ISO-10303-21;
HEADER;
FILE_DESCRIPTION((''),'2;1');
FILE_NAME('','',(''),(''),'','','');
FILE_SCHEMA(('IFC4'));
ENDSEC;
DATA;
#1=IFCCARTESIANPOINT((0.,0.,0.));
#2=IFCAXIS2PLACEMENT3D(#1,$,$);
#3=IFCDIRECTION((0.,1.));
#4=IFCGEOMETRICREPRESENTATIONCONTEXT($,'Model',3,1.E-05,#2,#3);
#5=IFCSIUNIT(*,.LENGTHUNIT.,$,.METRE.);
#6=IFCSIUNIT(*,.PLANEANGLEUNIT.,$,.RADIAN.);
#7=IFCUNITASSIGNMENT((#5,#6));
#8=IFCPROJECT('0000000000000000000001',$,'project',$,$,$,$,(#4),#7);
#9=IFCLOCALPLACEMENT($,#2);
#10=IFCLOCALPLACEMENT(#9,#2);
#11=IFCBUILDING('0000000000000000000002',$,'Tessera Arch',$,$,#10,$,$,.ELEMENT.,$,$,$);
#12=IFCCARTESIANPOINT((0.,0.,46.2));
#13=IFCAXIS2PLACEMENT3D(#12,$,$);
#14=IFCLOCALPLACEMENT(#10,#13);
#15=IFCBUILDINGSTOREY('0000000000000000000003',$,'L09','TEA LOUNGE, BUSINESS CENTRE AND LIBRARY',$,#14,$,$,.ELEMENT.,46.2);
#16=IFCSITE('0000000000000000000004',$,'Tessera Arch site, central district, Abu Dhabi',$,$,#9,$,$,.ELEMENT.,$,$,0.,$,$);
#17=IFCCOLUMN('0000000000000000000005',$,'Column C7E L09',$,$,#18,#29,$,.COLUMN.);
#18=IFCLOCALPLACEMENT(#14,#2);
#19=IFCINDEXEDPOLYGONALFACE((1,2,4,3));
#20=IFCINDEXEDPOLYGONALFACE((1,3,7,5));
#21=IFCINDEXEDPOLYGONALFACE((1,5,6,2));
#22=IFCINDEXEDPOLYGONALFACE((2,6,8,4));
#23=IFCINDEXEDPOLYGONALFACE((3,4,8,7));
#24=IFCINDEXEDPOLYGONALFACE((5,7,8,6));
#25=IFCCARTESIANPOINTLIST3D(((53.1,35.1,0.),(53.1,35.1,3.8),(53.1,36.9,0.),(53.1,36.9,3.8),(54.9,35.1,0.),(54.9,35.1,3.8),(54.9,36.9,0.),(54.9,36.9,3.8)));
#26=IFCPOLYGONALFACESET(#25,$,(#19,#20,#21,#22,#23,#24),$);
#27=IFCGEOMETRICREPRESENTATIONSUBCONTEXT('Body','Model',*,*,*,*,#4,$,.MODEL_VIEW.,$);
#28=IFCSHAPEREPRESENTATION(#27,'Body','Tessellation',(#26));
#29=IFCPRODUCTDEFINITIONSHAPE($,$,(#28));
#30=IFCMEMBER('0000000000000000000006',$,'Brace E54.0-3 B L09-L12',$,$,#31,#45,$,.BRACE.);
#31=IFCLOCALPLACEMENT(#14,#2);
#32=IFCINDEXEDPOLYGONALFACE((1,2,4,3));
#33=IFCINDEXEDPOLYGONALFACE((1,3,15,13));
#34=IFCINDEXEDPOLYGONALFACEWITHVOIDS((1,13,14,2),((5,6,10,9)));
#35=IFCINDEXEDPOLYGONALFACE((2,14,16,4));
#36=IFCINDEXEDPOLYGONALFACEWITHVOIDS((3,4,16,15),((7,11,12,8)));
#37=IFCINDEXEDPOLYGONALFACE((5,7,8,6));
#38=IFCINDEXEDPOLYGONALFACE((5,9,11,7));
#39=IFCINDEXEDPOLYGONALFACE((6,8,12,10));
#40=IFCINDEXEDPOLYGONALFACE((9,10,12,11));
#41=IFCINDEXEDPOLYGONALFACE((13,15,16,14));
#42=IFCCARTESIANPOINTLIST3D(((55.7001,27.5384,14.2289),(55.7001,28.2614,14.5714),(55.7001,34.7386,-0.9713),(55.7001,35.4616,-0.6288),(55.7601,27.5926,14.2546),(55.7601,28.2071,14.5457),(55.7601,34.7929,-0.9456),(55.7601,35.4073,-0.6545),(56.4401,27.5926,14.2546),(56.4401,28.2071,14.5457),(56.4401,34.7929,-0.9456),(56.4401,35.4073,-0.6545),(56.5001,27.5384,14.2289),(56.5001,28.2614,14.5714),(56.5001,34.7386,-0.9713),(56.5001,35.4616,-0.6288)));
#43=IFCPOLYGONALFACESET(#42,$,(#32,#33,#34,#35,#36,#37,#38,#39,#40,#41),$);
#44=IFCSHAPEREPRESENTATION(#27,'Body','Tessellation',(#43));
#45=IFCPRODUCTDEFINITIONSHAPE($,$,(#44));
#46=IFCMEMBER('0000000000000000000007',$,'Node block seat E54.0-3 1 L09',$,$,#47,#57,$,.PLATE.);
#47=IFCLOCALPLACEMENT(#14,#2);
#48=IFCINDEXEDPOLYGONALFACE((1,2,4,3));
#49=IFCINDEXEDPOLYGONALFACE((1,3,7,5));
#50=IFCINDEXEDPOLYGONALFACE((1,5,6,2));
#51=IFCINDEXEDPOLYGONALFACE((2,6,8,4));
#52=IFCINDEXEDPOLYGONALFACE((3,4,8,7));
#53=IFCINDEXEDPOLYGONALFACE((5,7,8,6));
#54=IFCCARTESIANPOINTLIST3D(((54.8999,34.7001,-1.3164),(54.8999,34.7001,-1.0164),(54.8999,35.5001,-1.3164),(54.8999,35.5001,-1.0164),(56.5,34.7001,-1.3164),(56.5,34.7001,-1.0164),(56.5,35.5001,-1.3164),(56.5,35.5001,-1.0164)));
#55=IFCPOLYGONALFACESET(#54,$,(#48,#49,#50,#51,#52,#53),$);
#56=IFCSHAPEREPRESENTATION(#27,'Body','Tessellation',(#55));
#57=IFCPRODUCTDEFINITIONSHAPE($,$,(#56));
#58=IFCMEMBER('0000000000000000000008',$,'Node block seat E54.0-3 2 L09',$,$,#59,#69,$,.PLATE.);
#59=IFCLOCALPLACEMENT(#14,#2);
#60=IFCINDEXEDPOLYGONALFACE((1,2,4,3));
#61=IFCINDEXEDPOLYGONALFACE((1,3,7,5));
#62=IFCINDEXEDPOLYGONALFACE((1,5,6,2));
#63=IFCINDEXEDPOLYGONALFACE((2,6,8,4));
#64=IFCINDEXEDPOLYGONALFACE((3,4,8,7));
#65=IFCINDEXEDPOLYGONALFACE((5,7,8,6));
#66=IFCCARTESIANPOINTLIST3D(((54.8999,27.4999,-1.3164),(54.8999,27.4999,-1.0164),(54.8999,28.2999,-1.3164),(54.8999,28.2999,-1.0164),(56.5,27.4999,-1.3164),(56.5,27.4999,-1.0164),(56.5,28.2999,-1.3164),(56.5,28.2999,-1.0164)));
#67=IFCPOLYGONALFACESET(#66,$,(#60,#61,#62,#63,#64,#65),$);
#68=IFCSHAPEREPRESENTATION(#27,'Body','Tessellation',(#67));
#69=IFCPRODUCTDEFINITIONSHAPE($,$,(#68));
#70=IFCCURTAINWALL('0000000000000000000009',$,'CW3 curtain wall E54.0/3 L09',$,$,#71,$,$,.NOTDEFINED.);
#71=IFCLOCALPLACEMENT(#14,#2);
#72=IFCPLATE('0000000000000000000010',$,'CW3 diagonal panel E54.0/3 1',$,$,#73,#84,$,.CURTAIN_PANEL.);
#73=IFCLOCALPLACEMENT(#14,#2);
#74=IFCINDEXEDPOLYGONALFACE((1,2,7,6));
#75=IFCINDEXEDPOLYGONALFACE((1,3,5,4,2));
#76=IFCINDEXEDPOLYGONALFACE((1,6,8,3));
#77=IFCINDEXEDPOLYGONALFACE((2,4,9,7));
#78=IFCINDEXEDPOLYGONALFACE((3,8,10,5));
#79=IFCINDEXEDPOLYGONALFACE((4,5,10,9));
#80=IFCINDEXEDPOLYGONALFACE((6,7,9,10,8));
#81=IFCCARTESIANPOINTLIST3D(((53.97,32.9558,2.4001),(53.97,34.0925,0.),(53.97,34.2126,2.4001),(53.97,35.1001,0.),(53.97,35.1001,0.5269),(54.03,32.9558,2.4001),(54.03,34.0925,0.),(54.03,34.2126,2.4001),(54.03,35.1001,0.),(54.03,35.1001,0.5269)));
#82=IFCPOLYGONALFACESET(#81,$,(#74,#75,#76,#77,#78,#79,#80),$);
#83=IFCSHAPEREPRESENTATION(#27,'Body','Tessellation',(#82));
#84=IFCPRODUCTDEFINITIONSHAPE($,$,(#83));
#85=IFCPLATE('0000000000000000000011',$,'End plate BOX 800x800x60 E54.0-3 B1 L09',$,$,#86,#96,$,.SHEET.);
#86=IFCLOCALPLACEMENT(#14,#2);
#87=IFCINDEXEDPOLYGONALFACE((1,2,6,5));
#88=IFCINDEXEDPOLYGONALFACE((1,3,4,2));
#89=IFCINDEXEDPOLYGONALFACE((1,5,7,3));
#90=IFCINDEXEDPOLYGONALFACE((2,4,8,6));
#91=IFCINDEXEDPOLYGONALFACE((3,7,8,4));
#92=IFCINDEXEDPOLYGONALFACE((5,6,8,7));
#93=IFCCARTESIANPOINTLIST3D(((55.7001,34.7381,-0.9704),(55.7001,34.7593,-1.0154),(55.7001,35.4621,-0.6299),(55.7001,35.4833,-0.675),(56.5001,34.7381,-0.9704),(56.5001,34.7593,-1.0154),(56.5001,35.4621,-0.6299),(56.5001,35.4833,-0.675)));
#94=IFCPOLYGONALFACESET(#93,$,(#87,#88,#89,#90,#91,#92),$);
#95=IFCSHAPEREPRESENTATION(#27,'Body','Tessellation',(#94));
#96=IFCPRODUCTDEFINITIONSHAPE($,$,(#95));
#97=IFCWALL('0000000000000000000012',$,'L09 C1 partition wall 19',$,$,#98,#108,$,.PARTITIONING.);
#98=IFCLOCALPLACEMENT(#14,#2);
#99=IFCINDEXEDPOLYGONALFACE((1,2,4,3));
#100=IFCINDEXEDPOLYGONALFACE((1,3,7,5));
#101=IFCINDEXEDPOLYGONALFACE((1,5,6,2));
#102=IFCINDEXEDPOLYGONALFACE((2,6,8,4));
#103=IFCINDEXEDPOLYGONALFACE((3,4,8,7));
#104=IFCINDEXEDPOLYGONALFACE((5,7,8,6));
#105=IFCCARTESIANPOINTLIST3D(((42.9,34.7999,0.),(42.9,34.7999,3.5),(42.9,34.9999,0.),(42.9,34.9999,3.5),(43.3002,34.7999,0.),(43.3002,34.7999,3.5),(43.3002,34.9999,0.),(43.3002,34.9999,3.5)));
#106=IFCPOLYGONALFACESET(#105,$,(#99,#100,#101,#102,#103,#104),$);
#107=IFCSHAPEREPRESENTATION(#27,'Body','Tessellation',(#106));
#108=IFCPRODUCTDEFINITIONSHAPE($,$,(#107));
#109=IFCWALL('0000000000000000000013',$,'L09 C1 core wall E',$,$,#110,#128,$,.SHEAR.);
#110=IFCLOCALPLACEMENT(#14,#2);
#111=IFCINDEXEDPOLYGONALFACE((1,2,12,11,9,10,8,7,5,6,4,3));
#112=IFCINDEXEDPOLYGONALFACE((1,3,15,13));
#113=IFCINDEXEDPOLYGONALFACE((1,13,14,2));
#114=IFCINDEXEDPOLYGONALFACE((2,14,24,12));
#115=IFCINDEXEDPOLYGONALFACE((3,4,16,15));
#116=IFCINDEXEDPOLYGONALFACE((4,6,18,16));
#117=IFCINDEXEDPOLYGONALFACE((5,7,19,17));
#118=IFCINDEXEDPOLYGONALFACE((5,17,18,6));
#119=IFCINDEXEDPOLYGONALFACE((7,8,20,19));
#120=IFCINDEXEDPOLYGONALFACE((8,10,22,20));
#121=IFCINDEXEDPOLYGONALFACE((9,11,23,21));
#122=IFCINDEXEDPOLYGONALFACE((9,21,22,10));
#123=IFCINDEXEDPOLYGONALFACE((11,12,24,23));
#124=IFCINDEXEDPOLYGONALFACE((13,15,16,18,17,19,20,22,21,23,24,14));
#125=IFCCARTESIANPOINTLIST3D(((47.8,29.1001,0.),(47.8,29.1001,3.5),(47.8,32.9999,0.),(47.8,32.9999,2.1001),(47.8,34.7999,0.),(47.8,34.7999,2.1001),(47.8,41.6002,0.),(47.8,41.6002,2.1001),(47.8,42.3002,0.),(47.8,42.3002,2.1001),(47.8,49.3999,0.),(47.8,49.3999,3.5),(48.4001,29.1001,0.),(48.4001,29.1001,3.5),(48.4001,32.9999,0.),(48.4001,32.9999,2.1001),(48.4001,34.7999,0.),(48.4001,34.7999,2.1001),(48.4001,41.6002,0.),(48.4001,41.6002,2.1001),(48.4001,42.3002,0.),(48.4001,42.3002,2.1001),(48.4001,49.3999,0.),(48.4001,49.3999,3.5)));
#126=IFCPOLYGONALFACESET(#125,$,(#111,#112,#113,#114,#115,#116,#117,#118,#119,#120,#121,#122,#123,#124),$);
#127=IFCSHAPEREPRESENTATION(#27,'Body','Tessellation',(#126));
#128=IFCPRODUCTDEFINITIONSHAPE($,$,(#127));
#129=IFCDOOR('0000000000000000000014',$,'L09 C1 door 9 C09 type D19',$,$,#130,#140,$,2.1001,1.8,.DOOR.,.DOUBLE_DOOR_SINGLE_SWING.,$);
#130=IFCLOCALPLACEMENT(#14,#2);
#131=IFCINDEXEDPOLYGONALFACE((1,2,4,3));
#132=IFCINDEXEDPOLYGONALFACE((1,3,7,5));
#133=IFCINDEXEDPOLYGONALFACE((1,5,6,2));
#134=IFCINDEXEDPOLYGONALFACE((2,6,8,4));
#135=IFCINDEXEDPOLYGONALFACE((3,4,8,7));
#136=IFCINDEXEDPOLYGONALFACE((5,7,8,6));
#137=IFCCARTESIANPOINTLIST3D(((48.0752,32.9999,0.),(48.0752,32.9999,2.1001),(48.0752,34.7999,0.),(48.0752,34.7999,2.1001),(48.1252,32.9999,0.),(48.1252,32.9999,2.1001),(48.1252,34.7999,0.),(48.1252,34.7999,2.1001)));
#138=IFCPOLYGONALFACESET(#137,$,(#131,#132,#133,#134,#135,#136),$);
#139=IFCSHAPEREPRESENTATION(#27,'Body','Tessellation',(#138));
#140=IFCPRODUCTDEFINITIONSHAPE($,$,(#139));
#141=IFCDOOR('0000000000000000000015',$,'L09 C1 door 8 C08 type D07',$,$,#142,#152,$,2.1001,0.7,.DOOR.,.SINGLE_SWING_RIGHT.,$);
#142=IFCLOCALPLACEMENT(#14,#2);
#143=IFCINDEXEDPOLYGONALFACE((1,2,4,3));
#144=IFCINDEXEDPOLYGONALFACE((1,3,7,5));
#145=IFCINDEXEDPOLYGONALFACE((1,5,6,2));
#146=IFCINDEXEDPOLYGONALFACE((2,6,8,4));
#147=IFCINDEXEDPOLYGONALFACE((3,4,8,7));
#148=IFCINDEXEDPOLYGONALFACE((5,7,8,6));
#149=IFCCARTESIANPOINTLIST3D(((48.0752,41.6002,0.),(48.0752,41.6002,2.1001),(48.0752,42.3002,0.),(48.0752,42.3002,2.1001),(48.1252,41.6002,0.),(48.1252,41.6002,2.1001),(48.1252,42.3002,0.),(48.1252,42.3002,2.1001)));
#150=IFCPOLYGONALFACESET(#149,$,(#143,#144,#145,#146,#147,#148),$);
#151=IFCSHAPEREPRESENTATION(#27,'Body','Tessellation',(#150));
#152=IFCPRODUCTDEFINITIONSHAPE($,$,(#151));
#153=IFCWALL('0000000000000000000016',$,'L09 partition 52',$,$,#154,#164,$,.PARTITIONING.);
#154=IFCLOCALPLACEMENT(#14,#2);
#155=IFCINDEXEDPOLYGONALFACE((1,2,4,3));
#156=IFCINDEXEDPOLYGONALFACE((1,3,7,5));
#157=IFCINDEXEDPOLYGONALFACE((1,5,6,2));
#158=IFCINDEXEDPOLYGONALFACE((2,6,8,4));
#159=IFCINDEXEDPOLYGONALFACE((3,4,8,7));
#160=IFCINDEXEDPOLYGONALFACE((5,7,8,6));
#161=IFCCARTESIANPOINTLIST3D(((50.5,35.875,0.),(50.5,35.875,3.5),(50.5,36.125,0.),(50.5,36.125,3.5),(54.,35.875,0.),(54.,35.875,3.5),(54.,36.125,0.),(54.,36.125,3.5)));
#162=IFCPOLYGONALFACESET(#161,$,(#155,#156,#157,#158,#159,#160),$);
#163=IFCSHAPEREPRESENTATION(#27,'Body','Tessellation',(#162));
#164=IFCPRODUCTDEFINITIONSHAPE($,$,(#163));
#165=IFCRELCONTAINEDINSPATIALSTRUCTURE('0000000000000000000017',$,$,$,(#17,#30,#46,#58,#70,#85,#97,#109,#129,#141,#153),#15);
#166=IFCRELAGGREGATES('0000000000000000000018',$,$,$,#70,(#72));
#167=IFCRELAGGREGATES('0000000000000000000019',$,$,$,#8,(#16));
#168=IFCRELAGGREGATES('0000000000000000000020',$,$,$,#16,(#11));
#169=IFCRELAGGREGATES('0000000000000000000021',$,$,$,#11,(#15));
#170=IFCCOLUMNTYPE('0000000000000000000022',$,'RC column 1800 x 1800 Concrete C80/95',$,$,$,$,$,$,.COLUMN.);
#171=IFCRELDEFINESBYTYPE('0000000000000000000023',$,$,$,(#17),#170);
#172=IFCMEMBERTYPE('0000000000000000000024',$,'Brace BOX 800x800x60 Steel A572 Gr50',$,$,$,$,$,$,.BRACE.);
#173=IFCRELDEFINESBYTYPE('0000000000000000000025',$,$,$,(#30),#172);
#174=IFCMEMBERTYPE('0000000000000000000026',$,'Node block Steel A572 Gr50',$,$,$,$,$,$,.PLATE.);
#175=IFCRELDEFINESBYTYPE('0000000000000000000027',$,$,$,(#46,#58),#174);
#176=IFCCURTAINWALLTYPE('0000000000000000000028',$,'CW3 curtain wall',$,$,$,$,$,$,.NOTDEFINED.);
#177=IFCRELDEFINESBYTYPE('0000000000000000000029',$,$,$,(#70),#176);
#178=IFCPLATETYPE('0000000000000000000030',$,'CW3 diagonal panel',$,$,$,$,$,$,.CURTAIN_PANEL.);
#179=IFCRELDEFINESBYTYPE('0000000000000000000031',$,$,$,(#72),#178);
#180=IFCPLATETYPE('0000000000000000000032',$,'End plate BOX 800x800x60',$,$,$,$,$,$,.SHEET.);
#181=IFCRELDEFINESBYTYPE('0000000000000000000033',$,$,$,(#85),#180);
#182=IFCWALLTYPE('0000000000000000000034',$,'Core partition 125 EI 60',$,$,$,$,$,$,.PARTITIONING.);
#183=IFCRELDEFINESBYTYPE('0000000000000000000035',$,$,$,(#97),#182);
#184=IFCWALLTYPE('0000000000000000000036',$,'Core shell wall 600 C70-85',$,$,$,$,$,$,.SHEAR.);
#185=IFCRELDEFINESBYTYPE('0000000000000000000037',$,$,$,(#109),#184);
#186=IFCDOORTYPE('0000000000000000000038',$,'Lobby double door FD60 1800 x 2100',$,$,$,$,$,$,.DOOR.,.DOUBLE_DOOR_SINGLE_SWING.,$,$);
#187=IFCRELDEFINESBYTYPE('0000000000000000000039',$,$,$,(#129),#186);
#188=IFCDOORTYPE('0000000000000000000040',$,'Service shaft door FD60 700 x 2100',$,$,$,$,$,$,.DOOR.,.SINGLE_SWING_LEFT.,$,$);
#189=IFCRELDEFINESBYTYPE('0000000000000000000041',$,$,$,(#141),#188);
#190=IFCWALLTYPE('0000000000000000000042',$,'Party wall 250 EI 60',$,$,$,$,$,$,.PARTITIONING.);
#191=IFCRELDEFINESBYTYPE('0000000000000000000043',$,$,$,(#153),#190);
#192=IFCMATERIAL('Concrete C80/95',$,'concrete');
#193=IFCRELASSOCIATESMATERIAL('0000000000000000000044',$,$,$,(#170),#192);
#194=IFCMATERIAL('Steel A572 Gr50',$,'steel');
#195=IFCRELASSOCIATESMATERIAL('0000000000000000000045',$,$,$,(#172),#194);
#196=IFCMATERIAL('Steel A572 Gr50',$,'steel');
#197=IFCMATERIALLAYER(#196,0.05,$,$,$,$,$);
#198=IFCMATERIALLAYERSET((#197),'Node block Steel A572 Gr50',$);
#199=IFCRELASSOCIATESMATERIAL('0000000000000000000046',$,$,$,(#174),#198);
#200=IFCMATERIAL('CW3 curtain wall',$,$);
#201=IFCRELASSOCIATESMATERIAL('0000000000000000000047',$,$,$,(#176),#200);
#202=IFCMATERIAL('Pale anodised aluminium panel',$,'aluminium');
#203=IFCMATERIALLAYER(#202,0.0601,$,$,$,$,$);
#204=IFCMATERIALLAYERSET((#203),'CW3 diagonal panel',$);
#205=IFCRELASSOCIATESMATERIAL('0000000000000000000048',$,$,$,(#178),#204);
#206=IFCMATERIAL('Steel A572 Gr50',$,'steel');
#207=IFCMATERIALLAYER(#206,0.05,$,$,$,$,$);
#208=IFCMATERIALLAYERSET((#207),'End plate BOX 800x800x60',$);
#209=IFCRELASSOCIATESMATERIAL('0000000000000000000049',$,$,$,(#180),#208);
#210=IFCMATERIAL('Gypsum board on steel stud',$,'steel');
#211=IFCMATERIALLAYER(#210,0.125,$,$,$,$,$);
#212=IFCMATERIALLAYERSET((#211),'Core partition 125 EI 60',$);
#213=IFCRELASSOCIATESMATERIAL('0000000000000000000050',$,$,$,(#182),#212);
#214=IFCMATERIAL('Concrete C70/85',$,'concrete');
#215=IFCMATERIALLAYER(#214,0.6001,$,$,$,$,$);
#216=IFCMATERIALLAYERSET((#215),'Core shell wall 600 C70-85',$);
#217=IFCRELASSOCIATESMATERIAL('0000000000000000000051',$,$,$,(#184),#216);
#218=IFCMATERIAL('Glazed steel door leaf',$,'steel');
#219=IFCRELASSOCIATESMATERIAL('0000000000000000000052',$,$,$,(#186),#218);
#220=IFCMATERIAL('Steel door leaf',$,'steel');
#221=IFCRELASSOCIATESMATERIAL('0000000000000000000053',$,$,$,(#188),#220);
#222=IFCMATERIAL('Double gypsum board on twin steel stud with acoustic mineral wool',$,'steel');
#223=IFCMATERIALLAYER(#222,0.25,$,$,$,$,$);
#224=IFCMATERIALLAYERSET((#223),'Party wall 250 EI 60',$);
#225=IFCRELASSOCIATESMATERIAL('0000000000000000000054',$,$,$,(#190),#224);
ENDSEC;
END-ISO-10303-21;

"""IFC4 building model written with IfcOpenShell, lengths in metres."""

from ifc_helpers import new_model, si_unit, direction, frame, frame_2d, origin, origin_2d, place, context, subcontext, project, spatial, polyline, rectangle, hollow_rectangle, outline, extrude, material, layer, layer_set, material_profile, profile_set, type_object, element, fill, aggregate, save


model = new_model("IFC4")

# Units and contexts
model_context = context("Model", 3, precision=1e-05, world=origin(), true_north=direction((0.0, 1.0)))
body_context = subcontext(model_context, "Body", "Model", "MODEL_VIEW")
ifc_project = project(units=[si_unit("LENGTHUNIT", "METRE"), si_unit("PLANEANGLEUNIT", "RADIAN")], contexts=[model_context])

# Site, building, storey
site_placement = place(None, origin())
site = spatial("IfcSite", under=ifc_project, at=site_placement, Name="Tessera Arch site, central district, Abu Dhabi", CompositionType="ELEMENT", RefElevation=0.0)
building_placement = place(site_placement, origin())
building = spatial("IfcBuilding", under=site, at=building_placement, Name="Tessera Arch", CompositionType="ELEMENT")
storey_placement = place(building_placement, frame((0.0, 0.0, 46.2)))
storey = spatial("IfcBuildingStorey", under=building, at=storey_placement, Name="L09", Description="TEA LOUNGE, BUSINESS CENTRE AND LIBRARY", CompositionType="ELEMENT", Elevation=46.2)

# Column
ifc_material_1 = material(Name="Concrete C80/95", Category="concrete")
ifc_material_profile_1 = material_profile(ifc_material_1, rectangle(XDim=1.8, YDim=1.8, at=origin_2d()), Name="RC column 1800 x 1800 Concrete C80/95")
ifc_profile_set_1 = profile_set([ifc_material_profile_1], Name="Concrete C80/95")
column_type = type_object("IfcColumnType", Name="RC column 1800 x 1800 Concrete C80/95", PredefinedType="COLUMN", material=ifc_profile_set_1)
column_placement = place(storey_placement, frame((54.0, 36.0, 0.0), z_axis=(0.0, 0.0, 1.0), x_axis=(1.0, 0.0, 0.0)))
element("IfcColumn", 1, at=column_placement, inside=storey, type_object=column_type, Name="Column C7E L09", PredefinedType="COLUMN", context=body_context, shape_type="SweptSolid", body=[
    extrude(rectangle(XDim=1.8, YDim=1.8, at=origin_2d()), origin(), (0.0, 0.0, 1.0), 3.8),
])

# Members
ifc_material_2 = material(Name="Steel A572 Gr50", Category="steel")
ifc_material_profile_2 = material_profile(ifc_material_2, hollow_rectangle(XDim=0.8, YDim=0.8, WallThickness=0.0601, at=origin_2d()), Name="BOX 800x800x60")
ifc_profile_set_2 = profile_set([ifc_material_profile_2], Name="Steel A572 Gr50")
member_type_1 = type_object("IfcMemberType", Name="Brace BOX 800x800x60 Steel A572 Gr50", PredefinedType="BRACE", material=ifc_profile_set_2)
member_placement = place(storey_placement, frame((56.1001, 35.1001, -0.8), z_axis=(0.0, -0.428091, 0.903735), x_axis=(1.0, 0.0, 0.0)))
element("IfcMember", 2, at=member_placement, inside=storey, type_object=member_type_1, Name="Brace E54.0-3 B L09-L12", PredefinedType="BRACE", context=body_context, shape_type="SweptSolid", body=[
    extrude(hollow_rectangle(XDim=0.8, YDim=0.8, WallThickness=0.0601, at=origin_2d()), origin(), (0.0, 0.0, 1.0), 16.8193),
])
ifc_material_3 = material(Name="Steel A572 Gr50", Category="steel")
ifc_layer_1 = layer(ifc_material_3, 0.05)
ifc_layer_set_1 = layer_set([ifc_layer_1], Name="Node block Steel A572 Gr50")
member_type_2 = type_object("IfcMemberType", Name="Node block Steel A572 Gr50", PredefinedType="PLATE", material=ifc_layer_set_1)
for number, where, z_axis, x_axis, name in (
    (3, (55.7, 35.1001, -1.3164), (0.0, 0.0, 1.0), (0.0, 1.0, 0.0), "Node block seat E54.0-3 1 L09"),
    (4, (55.7, 27.8999, -1.3164), (0.0, 0.0, 1.0), (0.0, 1.0, 0.0), "Node block seat E54.0-3 2 L09"),
):
    element("IfcMember", number, at=place(storey_placement, frame(where, z_axis=z_axis, x_axis=x_axis)), inside=storey, type_object=member_type_2, Name=name, PredefinedType="PLATE", context=body_context, shape_type="SweptSolid", body=[
        extrude(rectangle(XDim=0.8, YDim=1.6001, at=origin_2d()), origin(), (0.0, 0.0, 1.0), 0.3),
    ])

# Curtain wall, plate
ifc_material_4 = material(Name="CW3 curtain wall")
curtain_wall_type = type_object("IfcCurtainWallType", Name="CW3 curtain wall", PredefinedType="NOTDEFINED", material=ifc_material_4)
curtain_wall_placement = place(storey_placement, origin())
curtain_wall = element("IfcCurtainWall", 5, at=curtain_wall_placement, inside=storey, type_object=curtain_wall_type, Name="CW3 curtain wall E54.0/3 L09", PredefinedType="NOTDEFINED")
ifc_material_5 = material(Name="Pale anodised aluminium panel", Category="aluminium")
ifc_layer_2 = layer(ifc_material_5, 0.0601)
ifc_layer_set_2 = layer_set([ifc_layer_2], Name="CW3 diagonal panel")
plate_type_1 = type_object("IfcPlateType", Name="CW3 diagonal panel", PredefinedType="CURTAIN_PANEL", material=ifc_layer_set_2)
plate_1_placement = place(storey_placement, frame((54.03, 35.1001, 0.0), z_axis=(1.0, 0.0, 0.0), x_axis=(0.0, 0.0, 1.0)))
plate_1 = element("IfcPlate", 6, at=plate_1_placement, type_object=plate_type_1, Name="CW3 diagonal panel E54.0/3 1", PredefinedType="CURTAIN_PANEL", context=body_context, shape_type="SweptSolid", body=[
    extrude(outline(polyline([(0.0, 0.0), (0.5269, 0.0), (2.4001, 0.8875), (2.4001, 2.1443), (0.0, 1.0076), (0.0, 0.0)])), origin(), (0.0, 0.0, -1.0), 0.0601),
])
aggregate(curtain_wall, [plate_1])

# Plate
ifc_material_6 = material(Name="Steel A572 Gr50", Category="steel")
ifc_layer_3 = layer(ifc_material_6, 0.05)
ifc_layer_set_3 = layer_set([ifc_layer_3], Name="End plate BOX 800x800x60")
plate_type_2 = type_object("IfcPlateType", Name="End plate BOX 800x800x60", PredefinedType="SHEET", material=ifc_layer_set_3)
plate_2_placement = place(storey_placement, frame((56.1001, 35.1213, -0.8452), z_axis=(0.0, -0.425561, 0.90493), x_axis=(1.0, 0.0, 0.0)))
element("IfcPlate", 7, at=plate_2_placement, inside=storey, type_object=plate_type_2, Name="End plate BOX 800x800x60 E54.0-3 B1 L09", PredefinedType="SHEET", context=body_context, shape_type="SweptSolid", body=[
    extrude(rectangle(XDim=0.8, YDim=0.8, at=origin_2d()), origin(), (0.0, 0.0, 1.0), 0.0498),
])

# Wall
ifc_material_7 = material(Name="Gypsum board on steel stud", Category="steel")
ifc_layer_4 = layer(ifc_material_7, 0.125)
ifc_layer_set_4 = layer_set([ifc_layer_4], Name="Core partition 125 EI 60")
wall_type_1 = type_object("IfcWallType", Name="Core partition 125 EI 60", PredefinedType="PARTITIONING", material=ifc_layer_set_4)
wall_1_placement = place(storey_placement, frame((42.8999, 34.8999, 0.0), z_axis=(0.0, 0.0, 1.0), x_axis=(1.0, 0.0, 0.0)))
element("IfcWall", 8, at=wall_1_placement, inside=storey, type_object=wall_type_1, Name="L09 C1 partition wall 19", PredefinedType="PARTITIONING", context=body_context, shape_type="SweptSolid", body=[
    extrude(rectangle(XDim=0.4001, YDim=0.2, at=frame_2d((0.2002, 0.0))), origin(), (0.0, 0.0, 1.0), 3.5),
])

# Wall, openings, doors
ifc_material_8 = material(Name="Concrete C70/85", Category="concrete")
ifc_layer_5 = layer(ifc_material_8, 0.6001)
ifc_layer_set_5 = layer_set([ifc_layer_5], Name="Core shell wall 600 C70-85")
wall_type_2 = type_object("IfcWallType", Name="Core shell wall 600 C70-85", PredefinedType="SHEAR", material=ifc_layer_set_5)
wall_2_placement = place(storey_placement, frame((48.1001, 29.1001, 0.0), z_axis=(0.0, 0.0, 1.0), x_axis=(0.0, 1.0, 0.0)))
wall_2 = element("IfcWall", 9, at=wall_2_placement, inside=storey, type_object=wall_type_2, Name="L09 C1 core wall E", PredefinedType="SHEAR", context=body_context, shape_type="SweptSolid", body=[
    extrude(rectangle(XDim=20.2998, YDim=0.6001, at=frame_2d((10.1499, 0.0))), origin(), (0.0, 0.0, 1.0), 3.5),
])
opening_1_placement = place(wall_2_placement, frame((12.5, 0.0, 0.0)))
opening_1 = element("IfcOpeningElement", 10, at=opening_1_placement, cuts=wall_2, PredefinedType="OPENING", context=body_context, shape_type="SweptSolid", body=[
    extrude(rectangle(XDim=0.7, YDim=2.1001, at=frame_2d((0.3501, 1.05))), frame((0.0, 0.3101, 0.0), z_axis=(0.0, -1.0, 0.0), x_axis=(1.0, 0.0, 0.0)), (0.0, 0.0, 1.0), 0.6201),
])
opening_2_placement = place(wall_2_placement, frame((3.8999, 0.0, 0.0)))
opening_2 = element("IfcOpeningElement", 11, at=opening_2_placement, cuts=wall_2, PredefinedType="OPENING", context=body_context, shape_type="SweptSolid", body=[
    extrude(rectangle(XDim=1.8, YDim=2.1001, at=frame_2d((0.8999, 1.05))), frame((0.0, 0.3101, 0.0), z_axis=(0.0, -1.0, 0.0), x_axis=(1.0, 0.0, 0.0)), (0.0, 0.0, 1.0), 0.6201),
])
ifc_material_9 = material(Name="Glazed steel door leaf", Category="steel")
door_type_1 = type_object("IfcDoorType", Name="Lobby double door FD60 1800 x 2100", OperationType="DOUBLE_DOOR_SINGLE_SWING", PredefinedType="DOOR", material=ifc_material_9)
door_1_placement = place(opening_2_placement, origin())
door_1 = element("IfcDoor", 12, at=door_1_placement, inside=storey, type_object=door_type_1, Name="L09 C1 door 9 C09 type D19", OperationType="DOUBLE_DOOR_SINGLE_SWING", OverallHeight=2.1001, OverallWidth=1.8, PredefinedType="DOOR", context=body_context, shape_type="SweptSolid", body=[
    extrude(rectangle(XDim=1.8, YDim=2.1001, at=frame_2d((0.8999, 1.05))), frame((0.0, 0.0249, 0.0), z_axis=(0.0, -1.0, 0.0), x_axis=(1.0, 0.0, 0.0)), (0.0, 0.0, 1.0), 0.05),
])
fill(opening_2, door_1)
ifc_material_10 = material(Name="Steel door leaf", Category="steel")
door_type_2 = type_object("IfcDoorType", Name="Service shaft door FD60 700 x 2100", OperationType="SINGLE_SWING_LEFT", PredefinedType="DOOR", material=ifc_material_10)
door_2_placement = place(opening_1_placement, origin())
door_2 = element("IfcDoor", 13, at=door_2_placement, inside=storey, type_object=door_type_2, Name="L09 C1 door 8 C08 type D07", OperationType="SINGLE_SWING_RIGHT", OverallHeight=2.1001, OverallWidth=0.7, PredefinedType="DOOR", context=body_context, shape_type="SweptSolid", body=[
    extrude(rectangle(XDim=0.7, YDim=2.1001, at=frame_2d((0.3501, 1.05))), frame((0.0, 0.0249, 0.0), z_axis=(0.0, -1.0, 0.0), x_axis=(1.0, 0.0, 0.0)), (0.0, 0.0, 1.0), 0.05),
])
fill(opening_1, door_2)

# Wall
ifc_material_11 = material(Name="Double gypsum board on twin steel stud with acoustic mineral wool", Category="steel")
ifc_layer_6 = layer(ifc_material_11, 0.25)
ifc_layer_set_6 = layer_set([ifc_layer_6], Name="Party wall 250 EI 60")
wall_type_3 = type_object("IfcWallType", Name="Party wall 250 EI 60", PredefinedType="PARTITIONING", material=ifc_layer_set_6)
wall_3_placement = place(storey_placement, frame((50.5, 36.0, 0.0), z_axis=(0.0, 0.0, 1.0), x_axis=(1.0, 0.0, 0.0)))
element("IfcWall", 14, at=wall_3_placement, inside=storey, type_object=wall_type_3, Name="L09 partition 52", PredefinedType="PARTITIONING", context=body_context, shape_type="SweptSolid", body=[
    extrude(rectangle(XDim=3.5, YDim=0.25, at=frame_2d((1.75, 0.0))), origin(), (0.0, 0.0, 1.0), 3.5),
])

save(model, "model.ifc")
